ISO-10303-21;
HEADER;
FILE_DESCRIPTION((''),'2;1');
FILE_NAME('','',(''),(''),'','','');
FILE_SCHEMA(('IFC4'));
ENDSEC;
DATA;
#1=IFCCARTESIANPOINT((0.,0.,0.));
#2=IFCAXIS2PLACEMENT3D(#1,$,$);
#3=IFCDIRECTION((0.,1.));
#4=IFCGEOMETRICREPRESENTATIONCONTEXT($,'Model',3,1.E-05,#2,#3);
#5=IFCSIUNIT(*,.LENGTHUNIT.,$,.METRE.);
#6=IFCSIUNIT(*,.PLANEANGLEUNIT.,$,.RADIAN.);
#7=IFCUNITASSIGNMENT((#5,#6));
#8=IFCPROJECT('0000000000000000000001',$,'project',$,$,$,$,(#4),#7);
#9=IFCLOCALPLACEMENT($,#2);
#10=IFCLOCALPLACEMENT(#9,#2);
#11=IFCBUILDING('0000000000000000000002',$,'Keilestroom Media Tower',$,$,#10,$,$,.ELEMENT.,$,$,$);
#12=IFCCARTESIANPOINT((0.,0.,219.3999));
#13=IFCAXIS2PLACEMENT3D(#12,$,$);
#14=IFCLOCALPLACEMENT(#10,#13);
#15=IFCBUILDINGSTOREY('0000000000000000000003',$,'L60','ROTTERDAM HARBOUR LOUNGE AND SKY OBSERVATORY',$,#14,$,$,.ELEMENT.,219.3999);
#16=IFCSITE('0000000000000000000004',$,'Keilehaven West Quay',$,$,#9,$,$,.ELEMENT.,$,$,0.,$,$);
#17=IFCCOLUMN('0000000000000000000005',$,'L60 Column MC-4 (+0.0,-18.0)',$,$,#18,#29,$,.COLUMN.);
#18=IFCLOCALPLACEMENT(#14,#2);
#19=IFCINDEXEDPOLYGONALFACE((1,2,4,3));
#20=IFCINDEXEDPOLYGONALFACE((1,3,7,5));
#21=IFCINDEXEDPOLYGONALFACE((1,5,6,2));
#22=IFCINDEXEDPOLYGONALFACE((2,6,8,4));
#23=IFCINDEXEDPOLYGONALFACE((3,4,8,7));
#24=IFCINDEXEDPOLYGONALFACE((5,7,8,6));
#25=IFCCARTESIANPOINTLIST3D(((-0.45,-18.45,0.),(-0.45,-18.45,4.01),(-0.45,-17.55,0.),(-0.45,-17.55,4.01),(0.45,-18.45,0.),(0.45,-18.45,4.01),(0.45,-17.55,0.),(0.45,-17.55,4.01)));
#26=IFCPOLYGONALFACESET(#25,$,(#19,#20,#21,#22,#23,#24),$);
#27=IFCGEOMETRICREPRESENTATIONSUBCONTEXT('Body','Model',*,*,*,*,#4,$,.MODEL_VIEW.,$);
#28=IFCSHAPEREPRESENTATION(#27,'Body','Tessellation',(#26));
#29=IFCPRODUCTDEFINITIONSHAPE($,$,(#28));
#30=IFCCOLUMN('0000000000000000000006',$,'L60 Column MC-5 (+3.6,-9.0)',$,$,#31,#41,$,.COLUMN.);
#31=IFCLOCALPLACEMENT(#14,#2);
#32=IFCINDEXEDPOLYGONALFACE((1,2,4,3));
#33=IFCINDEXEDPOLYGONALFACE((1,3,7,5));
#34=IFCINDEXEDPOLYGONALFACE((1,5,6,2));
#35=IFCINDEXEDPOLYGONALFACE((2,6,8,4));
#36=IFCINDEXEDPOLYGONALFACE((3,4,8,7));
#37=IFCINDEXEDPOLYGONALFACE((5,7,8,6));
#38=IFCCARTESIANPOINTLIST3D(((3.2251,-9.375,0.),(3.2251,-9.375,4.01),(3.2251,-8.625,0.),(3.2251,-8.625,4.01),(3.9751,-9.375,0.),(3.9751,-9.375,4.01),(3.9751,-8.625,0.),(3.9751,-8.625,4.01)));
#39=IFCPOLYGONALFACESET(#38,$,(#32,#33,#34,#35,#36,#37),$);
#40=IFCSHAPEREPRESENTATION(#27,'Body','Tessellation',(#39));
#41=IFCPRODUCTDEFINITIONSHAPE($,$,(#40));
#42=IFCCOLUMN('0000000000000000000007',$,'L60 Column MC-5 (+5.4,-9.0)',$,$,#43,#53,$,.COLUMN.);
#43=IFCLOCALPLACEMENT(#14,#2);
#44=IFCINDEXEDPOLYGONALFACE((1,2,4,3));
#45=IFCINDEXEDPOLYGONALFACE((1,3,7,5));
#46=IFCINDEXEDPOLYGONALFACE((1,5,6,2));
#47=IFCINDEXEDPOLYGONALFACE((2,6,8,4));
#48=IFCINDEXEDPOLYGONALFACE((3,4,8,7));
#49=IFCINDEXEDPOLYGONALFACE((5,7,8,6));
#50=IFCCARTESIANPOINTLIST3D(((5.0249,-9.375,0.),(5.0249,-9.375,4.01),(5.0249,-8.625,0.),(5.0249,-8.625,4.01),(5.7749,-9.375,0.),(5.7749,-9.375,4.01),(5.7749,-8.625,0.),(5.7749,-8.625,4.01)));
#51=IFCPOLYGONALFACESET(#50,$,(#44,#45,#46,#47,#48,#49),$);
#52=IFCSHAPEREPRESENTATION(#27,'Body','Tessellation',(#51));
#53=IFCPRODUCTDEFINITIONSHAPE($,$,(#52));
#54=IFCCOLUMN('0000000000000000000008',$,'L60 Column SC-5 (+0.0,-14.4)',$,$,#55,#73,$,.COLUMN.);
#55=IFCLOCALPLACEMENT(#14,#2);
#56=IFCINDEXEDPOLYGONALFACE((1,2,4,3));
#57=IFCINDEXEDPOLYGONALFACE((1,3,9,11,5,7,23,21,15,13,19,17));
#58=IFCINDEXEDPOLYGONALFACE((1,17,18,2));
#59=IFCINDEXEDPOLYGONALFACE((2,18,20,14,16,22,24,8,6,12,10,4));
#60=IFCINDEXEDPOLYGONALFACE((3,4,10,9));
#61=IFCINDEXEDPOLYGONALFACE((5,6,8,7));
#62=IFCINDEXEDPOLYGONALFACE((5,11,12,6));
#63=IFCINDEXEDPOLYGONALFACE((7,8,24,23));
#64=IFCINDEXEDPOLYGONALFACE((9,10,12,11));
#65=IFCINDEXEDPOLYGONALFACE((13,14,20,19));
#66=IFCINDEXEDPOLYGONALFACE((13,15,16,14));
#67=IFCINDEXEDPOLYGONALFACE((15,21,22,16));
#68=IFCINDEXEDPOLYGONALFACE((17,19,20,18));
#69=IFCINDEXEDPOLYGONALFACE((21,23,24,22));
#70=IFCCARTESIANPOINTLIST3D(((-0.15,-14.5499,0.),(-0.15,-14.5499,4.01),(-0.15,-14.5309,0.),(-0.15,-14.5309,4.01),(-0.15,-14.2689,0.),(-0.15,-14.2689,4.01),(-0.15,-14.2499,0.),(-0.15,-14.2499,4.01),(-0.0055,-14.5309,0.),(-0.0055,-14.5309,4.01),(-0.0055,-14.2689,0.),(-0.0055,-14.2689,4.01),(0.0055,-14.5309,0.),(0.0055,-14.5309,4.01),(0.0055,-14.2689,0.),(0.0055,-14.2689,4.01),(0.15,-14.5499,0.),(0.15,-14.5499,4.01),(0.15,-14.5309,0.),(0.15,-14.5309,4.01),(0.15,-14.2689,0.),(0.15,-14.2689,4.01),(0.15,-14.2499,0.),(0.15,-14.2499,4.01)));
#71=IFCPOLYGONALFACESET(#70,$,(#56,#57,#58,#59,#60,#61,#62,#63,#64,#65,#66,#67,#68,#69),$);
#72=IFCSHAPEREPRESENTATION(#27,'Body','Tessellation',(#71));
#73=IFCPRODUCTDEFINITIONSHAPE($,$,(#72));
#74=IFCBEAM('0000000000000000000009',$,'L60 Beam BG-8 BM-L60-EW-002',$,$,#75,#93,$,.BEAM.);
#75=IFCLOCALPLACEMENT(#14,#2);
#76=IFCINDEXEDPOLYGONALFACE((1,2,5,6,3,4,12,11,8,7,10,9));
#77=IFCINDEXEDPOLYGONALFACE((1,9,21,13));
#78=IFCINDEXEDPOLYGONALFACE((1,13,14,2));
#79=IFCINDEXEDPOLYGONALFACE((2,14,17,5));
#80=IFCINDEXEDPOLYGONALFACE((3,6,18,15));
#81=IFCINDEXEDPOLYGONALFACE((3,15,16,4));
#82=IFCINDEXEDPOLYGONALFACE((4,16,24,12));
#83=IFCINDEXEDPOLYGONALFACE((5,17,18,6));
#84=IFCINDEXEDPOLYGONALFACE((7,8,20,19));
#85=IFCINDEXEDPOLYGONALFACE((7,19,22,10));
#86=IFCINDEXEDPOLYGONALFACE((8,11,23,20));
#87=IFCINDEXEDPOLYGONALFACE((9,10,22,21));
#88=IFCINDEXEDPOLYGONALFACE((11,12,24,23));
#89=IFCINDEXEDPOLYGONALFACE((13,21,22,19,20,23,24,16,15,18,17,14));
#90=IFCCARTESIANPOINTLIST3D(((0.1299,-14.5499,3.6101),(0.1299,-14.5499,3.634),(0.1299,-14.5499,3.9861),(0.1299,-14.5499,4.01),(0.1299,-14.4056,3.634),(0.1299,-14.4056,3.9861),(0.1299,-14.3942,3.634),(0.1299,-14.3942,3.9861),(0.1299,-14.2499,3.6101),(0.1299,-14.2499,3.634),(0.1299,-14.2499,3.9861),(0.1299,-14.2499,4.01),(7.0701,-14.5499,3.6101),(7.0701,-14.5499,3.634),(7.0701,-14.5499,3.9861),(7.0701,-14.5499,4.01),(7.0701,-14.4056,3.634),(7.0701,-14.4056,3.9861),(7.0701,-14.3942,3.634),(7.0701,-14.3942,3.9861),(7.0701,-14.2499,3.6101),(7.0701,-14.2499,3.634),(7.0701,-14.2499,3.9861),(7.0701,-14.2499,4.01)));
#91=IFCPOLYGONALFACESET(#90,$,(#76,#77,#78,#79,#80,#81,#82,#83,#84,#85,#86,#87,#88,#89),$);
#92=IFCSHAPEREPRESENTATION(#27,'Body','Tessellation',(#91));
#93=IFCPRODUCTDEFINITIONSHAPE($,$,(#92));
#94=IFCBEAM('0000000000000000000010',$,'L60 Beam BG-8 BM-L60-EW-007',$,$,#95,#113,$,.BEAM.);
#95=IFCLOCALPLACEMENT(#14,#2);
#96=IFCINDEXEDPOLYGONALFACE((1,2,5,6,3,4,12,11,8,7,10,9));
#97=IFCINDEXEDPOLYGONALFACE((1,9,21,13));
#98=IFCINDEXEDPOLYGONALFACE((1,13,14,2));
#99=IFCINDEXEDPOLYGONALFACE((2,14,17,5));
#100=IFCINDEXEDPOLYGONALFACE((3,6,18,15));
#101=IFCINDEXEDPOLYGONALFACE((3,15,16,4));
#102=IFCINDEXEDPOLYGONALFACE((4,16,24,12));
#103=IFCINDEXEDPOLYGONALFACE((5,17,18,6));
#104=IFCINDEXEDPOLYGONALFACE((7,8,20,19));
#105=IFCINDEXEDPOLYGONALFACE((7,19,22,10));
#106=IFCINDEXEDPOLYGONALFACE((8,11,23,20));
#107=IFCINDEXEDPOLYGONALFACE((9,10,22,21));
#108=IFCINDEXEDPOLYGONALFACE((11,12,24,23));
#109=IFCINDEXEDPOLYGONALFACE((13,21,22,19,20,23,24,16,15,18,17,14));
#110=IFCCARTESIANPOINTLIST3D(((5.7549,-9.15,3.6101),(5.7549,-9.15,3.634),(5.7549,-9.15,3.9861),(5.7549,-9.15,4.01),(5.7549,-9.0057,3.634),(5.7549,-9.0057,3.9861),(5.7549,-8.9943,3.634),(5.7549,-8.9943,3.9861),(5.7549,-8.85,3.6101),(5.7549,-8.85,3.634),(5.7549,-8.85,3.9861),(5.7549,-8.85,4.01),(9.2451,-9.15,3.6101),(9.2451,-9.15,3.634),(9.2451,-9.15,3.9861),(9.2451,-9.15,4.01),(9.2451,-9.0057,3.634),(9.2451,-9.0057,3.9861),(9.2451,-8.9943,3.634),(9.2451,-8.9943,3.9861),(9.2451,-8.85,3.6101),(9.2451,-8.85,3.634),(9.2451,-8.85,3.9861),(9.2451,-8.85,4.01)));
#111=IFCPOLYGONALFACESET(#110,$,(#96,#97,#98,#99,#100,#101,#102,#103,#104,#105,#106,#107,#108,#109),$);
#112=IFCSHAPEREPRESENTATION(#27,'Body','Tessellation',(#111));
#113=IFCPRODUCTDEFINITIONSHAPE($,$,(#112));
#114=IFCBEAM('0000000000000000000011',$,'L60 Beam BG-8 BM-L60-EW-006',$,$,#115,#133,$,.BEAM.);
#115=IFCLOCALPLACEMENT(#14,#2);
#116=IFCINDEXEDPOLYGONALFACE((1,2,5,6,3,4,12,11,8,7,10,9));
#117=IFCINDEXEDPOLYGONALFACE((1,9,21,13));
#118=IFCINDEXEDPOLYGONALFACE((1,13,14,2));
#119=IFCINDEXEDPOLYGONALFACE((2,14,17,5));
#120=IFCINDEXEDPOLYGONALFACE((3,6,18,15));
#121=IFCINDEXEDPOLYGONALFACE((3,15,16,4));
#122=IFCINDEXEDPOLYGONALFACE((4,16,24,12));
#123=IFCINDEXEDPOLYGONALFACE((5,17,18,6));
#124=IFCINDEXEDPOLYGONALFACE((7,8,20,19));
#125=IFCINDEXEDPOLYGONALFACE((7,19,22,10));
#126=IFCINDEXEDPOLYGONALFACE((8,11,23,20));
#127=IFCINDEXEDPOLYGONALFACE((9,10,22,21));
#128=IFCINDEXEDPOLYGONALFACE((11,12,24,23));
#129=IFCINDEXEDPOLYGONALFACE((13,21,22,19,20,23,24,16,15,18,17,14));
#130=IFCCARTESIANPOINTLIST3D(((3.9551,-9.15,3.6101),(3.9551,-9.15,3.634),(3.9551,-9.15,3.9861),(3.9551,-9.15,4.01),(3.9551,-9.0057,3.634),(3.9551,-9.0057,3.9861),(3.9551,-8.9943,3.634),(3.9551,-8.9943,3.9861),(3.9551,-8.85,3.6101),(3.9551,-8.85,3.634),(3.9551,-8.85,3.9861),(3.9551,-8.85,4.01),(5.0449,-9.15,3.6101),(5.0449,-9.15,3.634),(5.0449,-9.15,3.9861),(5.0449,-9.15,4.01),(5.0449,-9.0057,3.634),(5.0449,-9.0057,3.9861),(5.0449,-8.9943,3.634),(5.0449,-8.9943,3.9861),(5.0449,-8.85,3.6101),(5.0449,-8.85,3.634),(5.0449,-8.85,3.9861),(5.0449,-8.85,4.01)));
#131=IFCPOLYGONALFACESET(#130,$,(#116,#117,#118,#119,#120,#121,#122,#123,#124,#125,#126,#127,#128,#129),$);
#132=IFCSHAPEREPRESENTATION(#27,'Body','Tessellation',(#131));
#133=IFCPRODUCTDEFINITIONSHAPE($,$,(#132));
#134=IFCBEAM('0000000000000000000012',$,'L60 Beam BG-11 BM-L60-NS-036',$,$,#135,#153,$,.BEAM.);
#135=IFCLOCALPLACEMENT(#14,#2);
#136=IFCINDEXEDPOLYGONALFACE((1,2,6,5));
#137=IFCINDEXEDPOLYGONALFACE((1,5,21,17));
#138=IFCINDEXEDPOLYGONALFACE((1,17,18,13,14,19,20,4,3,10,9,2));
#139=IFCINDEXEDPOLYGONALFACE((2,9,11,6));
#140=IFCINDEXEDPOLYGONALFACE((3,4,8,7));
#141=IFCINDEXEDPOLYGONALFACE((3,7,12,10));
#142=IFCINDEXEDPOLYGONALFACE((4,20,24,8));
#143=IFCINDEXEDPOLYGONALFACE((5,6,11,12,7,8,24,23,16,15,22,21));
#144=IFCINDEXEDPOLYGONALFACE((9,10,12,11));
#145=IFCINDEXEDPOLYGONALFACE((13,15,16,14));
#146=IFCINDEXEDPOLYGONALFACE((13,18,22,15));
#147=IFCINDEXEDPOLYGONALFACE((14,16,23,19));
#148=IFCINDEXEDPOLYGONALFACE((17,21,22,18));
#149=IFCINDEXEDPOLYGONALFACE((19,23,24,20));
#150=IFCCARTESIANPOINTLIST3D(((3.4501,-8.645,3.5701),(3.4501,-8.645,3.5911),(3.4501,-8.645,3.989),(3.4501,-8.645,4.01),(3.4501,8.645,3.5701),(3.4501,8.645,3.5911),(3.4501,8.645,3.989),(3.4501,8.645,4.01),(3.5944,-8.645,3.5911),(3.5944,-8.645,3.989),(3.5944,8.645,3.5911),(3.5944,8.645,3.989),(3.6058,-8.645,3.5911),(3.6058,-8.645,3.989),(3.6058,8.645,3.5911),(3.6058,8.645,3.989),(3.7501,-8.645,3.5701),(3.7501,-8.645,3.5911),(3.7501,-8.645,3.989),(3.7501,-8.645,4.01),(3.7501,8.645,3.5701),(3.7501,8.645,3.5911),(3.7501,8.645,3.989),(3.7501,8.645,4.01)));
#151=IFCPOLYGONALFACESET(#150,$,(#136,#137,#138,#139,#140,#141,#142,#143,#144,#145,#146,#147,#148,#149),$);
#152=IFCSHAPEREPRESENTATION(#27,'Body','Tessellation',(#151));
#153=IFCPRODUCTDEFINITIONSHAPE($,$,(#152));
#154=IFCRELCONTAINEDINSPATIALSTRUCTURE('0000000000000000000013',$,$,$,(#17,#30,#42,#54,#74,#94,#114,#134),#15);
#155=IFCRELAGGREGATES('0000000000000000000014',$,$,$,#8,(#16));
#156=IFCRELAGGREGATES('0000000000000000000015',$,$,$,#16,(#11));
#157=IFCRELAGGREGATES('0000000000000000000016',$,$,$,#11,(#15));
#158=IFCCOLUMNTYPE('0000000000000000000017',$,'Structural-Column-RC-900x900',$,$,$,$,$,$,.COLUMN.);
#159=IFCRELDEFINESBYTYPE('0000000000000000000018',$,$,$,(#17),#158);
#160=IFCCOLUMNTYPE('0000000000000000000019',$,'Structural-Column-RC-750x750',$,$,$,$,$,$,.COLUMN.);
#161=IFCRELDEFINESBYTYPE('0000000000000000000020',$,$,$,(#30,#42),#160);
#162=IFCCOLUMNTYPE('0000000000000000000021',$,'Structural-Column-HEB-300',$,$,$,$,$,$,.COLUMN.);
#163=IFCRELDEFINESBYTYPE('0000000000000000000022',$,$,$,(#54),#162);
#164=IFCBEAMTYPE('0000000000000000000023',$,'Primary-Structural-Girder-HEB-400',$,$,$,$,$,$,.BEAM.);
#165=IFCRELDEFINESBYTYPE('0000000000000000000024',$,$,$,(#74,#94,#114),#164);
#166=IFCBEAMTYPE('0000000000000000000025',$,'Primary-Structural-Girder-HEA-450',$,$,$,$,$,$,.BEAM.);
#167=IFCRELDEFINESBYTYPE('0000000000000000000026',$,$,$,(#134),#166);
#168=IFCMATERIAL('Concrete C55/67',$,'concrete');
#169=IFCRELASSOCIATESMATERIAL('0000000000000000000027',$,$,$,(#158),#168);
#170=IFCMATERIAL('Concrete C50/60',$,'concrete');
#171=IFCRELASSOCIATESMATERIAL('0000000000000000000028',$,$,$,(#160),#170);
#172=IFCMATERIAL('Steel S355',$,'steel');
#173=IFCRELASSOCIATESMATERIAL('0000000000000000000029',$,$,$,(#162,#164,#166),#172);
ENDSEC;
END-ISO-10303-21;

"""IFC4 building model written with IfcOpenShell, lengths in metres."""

from ifc_helpers import new_model, si_unit, direction, frame, origin, origin_2d, place, context, subcontext, project, spatial, rectangle, i_section, extrude, source, transform, mapped, material, material_profile, profile_set, type_object, element, save


model = new_model("IFC4")

# Units and contexts
model_context = context("Model", 3, precision=1e-05, world=origin(), true_north=direction((0.0, 1.0)))
body_context = subcontext(model_context, "Body", "Model", "MODEL_VIEW")
ifc_project = project(units=[si_unit("LENGTHUNIT", "METRE"), si_unit("PLANEANGLEUNIT", "RADIAN")], contexts=[model_context])

# Site, building, storey
site_placement = place(None, origin())
site = spatial("IfcSite", under=ifc_project, at=site_placement, Name="Keilehaven West Quay", CompositionType="ELEMENT", RefElevation=0.0)
building_placement = place(site_placement, origin())
building = spatial("IfcBuilding", under=site, at=building_placement, Name="Keilestroom Media Tower", CompositionType="ELEMENT")
storey_placement = place(building_placement, frame((0.0, 0.0, 219.3999)))
storey = spatial("IfcBuildingStorey", under=building, at=storey_placement, Name="L60", Description="ROTTERDAM HARBOUR LOUNGE AND SKY OBSERVATORY", CompositionType="ELEMENT", Elevation=219.3999)

# Columns
ifc_material_1 = material(Name="Concrete C55/67", Category="concrete")
ifc_material_profile_1 = material_profile(ifc_material_1, rectangle(XDim=0.8999, YDim=0.8999, at=origin_2d()), Name="RC 900x900")
ifc_profile_set_1 = profile_set([ifc_material_profile_1], Name="Concrete C55/67")
column_type_1 = type_object("IfcColumnType", Name="Structural-Column-RC-900x900", PredefinedType="COLUMN", material=ifc_profile_set_1)
shared_shape_1 = source(origin(), body_context, "Body", "SweptSolid", [
    extrude(rectangle(XDim=0.8999, YDim=0.8999, at=origin_2d()), origin(), (0.0, 0.0, 1.0), 4.01),
])
column_1_placement = place(storey_placement, frame((0.0, -18.0, 0.0), z_axis=(0.0, 0.0, 1.0), x_axis=(1.0, 0.0, 0.0)))
element("IfcColumn", 1, at=column_1_placement, inside=storey, type_object=column_type_1, Name="L60 Column MC-4 (+0.0,-18.0)", PredefinedType="COLUMN", context=body_context, shape_type="MappedRepresentation", body=[
    mapped(shared_shape_1, transform((0.0, 0.0, 0.0), x_axis=(1.0, 0.0, 0.0), y_axis=(0.0, 1.0, 0.0), z_axis=(0.0, 0.0, 1.0), scale=1.0)),
])
ifc_material_2 = material(Name="Concrete C50/60", Category="concrete")
ifc_material_profile_2 = material_profile(ifc_material_2, rectangle(XDim=0.75, YDim=0.75, at=origin_2d()), Name="RC 750x750")
ifc_profile_set_2 = profile_set([ifc_material_profile_2], Name="Concrete C50/60")
column_type_2 = type_object("IfcColumnType", Name="Structural-Column-RC-750x750", PredefinedType="COLUMN", material=ifc_profile_set_2)
shared_shape_2 = source(origin(), body_context, "Body", "SweptSolid", [
    extrude(rectangle(XDim=0.75, YDim=0.75, at=origin_2d()), origin(), (0.0, 0.0, 1.0), 4.01),
])
for number, where, z_axis, x_axis, name in (
    (2, (3.6001, -9.0, 0.0), (0.0, 0.0, 1.0), (1.0, 0.0, 0.0), "L60 Column MC-5 (+3.6,-9.0)"),
    (3, (5.3999, -9.0, 0.0), (0.0, 0.0, 1.0), (1.0, 0.0, 0.0), "L60 Column MC-5 (+5.4,-9.0)"),
):
    element("IfcColumn", number, at=place(storey_placement, frame(where, z_axis=z_axis, x_axis=x_axis)), inside=storey, type_object=column_type_2, Name=name, PredefinedType="COLUMN", context=body_context, shape_type="MappedRepresentation", body=[
        mapped(shared_shape_2, transform((0.0, 0.0, 0.0), x_axis=(1.0, 0.0, 0.0), y_axis=(0.0, 1.0, 0.0), z_axis=(0.0, 0.0, 1.0), scale=1.0)),
    ])
ifc_material_3 = material(Name="Steel S355", Category="steel")
ifc_material_profile_3 = material_profile(ifc_material_3, i_section(OverallWidth=0.3, OverallDepth=0.3, WebThickness=0.011, FlangeThickness=0.019, at=origin_2d()), Name="HEB 300")
ifc_profile_set_3 = profile_set([ifc_material_profile_3], Name="Steel S355")
column_type_3 = type_object("IfcColumnType", Name="Structural-Column-HEB-300", PredefinedType="COLUMN", material=ifc_profile_set_3)
shared_shape_3 = source(origin(), body_context, "Body", "SweptSolid", [
    extrude(i_section(OverallWidth=0.3, OverallDepth=0.3, WebThickness=0.011, FlangeThickness=0.019, at=origin_2d()), origin(), (0.0, 0.0, 1.0), 4.01),
])
column_2_placement = place(storey_placement, frame((0.0, -14.3999, 0.0), z_axis=(0.0, 0.0, 1.0), x_axis=(1.0, 0.0, 0.0)))
element("IfcColumn", 4, at=column_2_placement, inside=storey, type_object=column_type_3, Name="L60 Column SC-5 (+0.0,-14.4)", PredefinedType="COLUMN", context=body_context, shape_type="MappedRepresentation", body=[
    mapped(shared_shape_3, transform((0.0, 0.0, 0.0), x_axis=(1.0, 0.0, 0.0), y_axis=(0.0, 1.0, 0.0), z_axis=(0.0, 0.0, 1.0), scale=1.0)),
])

# Beams
ifc_material_profile_4 = material_profile(ifc_material_3, i_section(OverallWidth=0.3, OverallDepth=0.3999, WebThickness=0.0115, FlangeThickness=0.0239, at=origin_2d()), Name="HEB 400")
ifc_profile_set_4 = profile_set([ifc_material_profile_4], Name="Steel S355")
beam_type_1 = type_object("IfcBeamType", Name="Primary-Structural-Girder-HEB-400", PredefinedType="BEAM", material=ifc_profile_set_4)
shared_shape_4 = source(origin(), body_context, "Body", "SweptSolid", [
    extrude(i_section(OverallWidth=0.3, OverallDepth=0.3999, WebThickness=0.0115, FlangeThickness=0.0239, at=origin_2d()), origin(), (0.0, 0.0, 1.0), 6.9402),
])
beam_1_placement = place(storey_placement, frame((0.1299, -14.3999, 3.8101), z_axis=(1.0, 0.0, 0.0), x_axis=(0.0, 1.0, 0.0)))
element("IfcBeam", 5, at=beam_1_placement, inside=storey, type_object=beam_type_1, Name="L60 Beam BG-8 BM-L60-EW-002", PredefinedType="BEAM", context=body_context, shape_type="MappedRepresentation", body=[
    mapped(shared_shape_4, transform((0.0, 0.0, 0.0), x_axis=(1.0, 0.0, 0.0), y_axis=(0.0, 1.0, 0.0), z_axis=(0.0, 0.0, 1.0), scale=1.0)),
])
shared_shape_5 = source(origin(), body_context, "Body", "SweptSolid", [
    extrude(i_section(OverallWidth=0.3, OverallDepth=0.3999, WebThickness=0.0115, FlangeThickness=0.0239, at=origin_2d()), origin(), (0.0, 0.0, 1.0), 3.4902),
])
beam_2_placement = place(storey_placement, frame((5.7549, -9.0, 3.8101), z_axis=(1.0, 0.0, 0.0), x_axis=(0.0, 1.0, 0.0)))
element("IfcBeam", 6, at=beam_2_placement, inside=storey, type_object=beam_type_1, Name="L60 Beam BG-8 BM-L60-EW-007", PredefinedType="BEAM", context=body_context, shape_type="MappedRepresentation", body=[
    mapped(shared_shape_5, transform((0.0, 0.0, 0.0), x_axis=(1.0, 0.0, 0.0), y_axis=(0.0, 1.0, 0.0), z_axis=(0.0, 0.0, 1.0), scale=1.0)),
])
shared_shape_6 = source(origin(), body_context, "Body", "SweptSolid", [
    extrude(i_section(OverallWidth=0.3, OverallDepth=0.3999, WebThickness=0.0115, FlangeThickness=0.0239, at=origin_2d()), origin(), (0.0, 0.0, 1.0), 1.0898),
])
beam_3_placement = place(storey_placement, frame((3.9551, -9.0, 3.8101), z_axis=(1.0, 0.0, 0.0), x_axis=(0.0, 1.0, 0.0)))
element("IfcBeam", 7, at=beam_3_placement, inside=storey, type_object=beam_type_1, Name="L60 Beam BG-8 BM-L60-EW-006", PredefinedType="BEAM", context=body_context, shape_type="MappedRepresentation", body=[
    mapped(shared_shape_6, transform((0.0, 0.0, 0.0), x_axis=(1.0, 0.0, 0.0), y_axis=(0.0, 1.0, 0.0), z_axis=(0.0, 0.0, 1.0), scale=1.0)),
])
ifc_material_profile_5 = material_profile(ifc_material_3, i_section(OverallWidth=0.3, OverallDepth=0.4399, WebThickness=0.0115, FlangeThickness=0.021, at=origin_2d()), Name="HEA 450")
ifc_profile_set_5 = profile_set([ifc_material_profile_5], Name="Steel S355")
beam_type_2 = type_object("IfcBeamType", Name="Primary-Structural-Girder-HEA-450", PredefinedType="BEAM", material=ifc_profile_set_5)
shared_shape_7 = source(origin(), body_context, "Body", "SweptSolid", [
    extrude(i_section(OverallWidth=0.3, OverallDepth=0.4399, WebThickness=0.0115, FlangeThickness=0.021, at=origin_2d()), origin(), (0.0, 0.0, 1.0), 17.29),
])
beam_4_placement = place(storey_placement, frame((3.6001, -8.645, 3.79), z_axis=(0.0, 1.0, 0.0), x_axis=(-1.0, 0.0, 0.0)))
element("IfcBeam", 8, at=beam_4_placement, inside=storey, type_object=beam_type_2, Name="L60 Beam BG-11 BM-L60-NS-036", PredefinedType="BEAM", context=body_context, shape_type="MappedRepresentation", body=[
    mapped(shared_shape_7, transform((0.0, 0.0, 0.0), x_axis=(1.0, 0.0, 0.0), y_axis=(0.0, 1.0, 0.0), z_axis=(0.0, 0.0, 1.0), scale=1.0)),
])

save(model, "model.ifc")
